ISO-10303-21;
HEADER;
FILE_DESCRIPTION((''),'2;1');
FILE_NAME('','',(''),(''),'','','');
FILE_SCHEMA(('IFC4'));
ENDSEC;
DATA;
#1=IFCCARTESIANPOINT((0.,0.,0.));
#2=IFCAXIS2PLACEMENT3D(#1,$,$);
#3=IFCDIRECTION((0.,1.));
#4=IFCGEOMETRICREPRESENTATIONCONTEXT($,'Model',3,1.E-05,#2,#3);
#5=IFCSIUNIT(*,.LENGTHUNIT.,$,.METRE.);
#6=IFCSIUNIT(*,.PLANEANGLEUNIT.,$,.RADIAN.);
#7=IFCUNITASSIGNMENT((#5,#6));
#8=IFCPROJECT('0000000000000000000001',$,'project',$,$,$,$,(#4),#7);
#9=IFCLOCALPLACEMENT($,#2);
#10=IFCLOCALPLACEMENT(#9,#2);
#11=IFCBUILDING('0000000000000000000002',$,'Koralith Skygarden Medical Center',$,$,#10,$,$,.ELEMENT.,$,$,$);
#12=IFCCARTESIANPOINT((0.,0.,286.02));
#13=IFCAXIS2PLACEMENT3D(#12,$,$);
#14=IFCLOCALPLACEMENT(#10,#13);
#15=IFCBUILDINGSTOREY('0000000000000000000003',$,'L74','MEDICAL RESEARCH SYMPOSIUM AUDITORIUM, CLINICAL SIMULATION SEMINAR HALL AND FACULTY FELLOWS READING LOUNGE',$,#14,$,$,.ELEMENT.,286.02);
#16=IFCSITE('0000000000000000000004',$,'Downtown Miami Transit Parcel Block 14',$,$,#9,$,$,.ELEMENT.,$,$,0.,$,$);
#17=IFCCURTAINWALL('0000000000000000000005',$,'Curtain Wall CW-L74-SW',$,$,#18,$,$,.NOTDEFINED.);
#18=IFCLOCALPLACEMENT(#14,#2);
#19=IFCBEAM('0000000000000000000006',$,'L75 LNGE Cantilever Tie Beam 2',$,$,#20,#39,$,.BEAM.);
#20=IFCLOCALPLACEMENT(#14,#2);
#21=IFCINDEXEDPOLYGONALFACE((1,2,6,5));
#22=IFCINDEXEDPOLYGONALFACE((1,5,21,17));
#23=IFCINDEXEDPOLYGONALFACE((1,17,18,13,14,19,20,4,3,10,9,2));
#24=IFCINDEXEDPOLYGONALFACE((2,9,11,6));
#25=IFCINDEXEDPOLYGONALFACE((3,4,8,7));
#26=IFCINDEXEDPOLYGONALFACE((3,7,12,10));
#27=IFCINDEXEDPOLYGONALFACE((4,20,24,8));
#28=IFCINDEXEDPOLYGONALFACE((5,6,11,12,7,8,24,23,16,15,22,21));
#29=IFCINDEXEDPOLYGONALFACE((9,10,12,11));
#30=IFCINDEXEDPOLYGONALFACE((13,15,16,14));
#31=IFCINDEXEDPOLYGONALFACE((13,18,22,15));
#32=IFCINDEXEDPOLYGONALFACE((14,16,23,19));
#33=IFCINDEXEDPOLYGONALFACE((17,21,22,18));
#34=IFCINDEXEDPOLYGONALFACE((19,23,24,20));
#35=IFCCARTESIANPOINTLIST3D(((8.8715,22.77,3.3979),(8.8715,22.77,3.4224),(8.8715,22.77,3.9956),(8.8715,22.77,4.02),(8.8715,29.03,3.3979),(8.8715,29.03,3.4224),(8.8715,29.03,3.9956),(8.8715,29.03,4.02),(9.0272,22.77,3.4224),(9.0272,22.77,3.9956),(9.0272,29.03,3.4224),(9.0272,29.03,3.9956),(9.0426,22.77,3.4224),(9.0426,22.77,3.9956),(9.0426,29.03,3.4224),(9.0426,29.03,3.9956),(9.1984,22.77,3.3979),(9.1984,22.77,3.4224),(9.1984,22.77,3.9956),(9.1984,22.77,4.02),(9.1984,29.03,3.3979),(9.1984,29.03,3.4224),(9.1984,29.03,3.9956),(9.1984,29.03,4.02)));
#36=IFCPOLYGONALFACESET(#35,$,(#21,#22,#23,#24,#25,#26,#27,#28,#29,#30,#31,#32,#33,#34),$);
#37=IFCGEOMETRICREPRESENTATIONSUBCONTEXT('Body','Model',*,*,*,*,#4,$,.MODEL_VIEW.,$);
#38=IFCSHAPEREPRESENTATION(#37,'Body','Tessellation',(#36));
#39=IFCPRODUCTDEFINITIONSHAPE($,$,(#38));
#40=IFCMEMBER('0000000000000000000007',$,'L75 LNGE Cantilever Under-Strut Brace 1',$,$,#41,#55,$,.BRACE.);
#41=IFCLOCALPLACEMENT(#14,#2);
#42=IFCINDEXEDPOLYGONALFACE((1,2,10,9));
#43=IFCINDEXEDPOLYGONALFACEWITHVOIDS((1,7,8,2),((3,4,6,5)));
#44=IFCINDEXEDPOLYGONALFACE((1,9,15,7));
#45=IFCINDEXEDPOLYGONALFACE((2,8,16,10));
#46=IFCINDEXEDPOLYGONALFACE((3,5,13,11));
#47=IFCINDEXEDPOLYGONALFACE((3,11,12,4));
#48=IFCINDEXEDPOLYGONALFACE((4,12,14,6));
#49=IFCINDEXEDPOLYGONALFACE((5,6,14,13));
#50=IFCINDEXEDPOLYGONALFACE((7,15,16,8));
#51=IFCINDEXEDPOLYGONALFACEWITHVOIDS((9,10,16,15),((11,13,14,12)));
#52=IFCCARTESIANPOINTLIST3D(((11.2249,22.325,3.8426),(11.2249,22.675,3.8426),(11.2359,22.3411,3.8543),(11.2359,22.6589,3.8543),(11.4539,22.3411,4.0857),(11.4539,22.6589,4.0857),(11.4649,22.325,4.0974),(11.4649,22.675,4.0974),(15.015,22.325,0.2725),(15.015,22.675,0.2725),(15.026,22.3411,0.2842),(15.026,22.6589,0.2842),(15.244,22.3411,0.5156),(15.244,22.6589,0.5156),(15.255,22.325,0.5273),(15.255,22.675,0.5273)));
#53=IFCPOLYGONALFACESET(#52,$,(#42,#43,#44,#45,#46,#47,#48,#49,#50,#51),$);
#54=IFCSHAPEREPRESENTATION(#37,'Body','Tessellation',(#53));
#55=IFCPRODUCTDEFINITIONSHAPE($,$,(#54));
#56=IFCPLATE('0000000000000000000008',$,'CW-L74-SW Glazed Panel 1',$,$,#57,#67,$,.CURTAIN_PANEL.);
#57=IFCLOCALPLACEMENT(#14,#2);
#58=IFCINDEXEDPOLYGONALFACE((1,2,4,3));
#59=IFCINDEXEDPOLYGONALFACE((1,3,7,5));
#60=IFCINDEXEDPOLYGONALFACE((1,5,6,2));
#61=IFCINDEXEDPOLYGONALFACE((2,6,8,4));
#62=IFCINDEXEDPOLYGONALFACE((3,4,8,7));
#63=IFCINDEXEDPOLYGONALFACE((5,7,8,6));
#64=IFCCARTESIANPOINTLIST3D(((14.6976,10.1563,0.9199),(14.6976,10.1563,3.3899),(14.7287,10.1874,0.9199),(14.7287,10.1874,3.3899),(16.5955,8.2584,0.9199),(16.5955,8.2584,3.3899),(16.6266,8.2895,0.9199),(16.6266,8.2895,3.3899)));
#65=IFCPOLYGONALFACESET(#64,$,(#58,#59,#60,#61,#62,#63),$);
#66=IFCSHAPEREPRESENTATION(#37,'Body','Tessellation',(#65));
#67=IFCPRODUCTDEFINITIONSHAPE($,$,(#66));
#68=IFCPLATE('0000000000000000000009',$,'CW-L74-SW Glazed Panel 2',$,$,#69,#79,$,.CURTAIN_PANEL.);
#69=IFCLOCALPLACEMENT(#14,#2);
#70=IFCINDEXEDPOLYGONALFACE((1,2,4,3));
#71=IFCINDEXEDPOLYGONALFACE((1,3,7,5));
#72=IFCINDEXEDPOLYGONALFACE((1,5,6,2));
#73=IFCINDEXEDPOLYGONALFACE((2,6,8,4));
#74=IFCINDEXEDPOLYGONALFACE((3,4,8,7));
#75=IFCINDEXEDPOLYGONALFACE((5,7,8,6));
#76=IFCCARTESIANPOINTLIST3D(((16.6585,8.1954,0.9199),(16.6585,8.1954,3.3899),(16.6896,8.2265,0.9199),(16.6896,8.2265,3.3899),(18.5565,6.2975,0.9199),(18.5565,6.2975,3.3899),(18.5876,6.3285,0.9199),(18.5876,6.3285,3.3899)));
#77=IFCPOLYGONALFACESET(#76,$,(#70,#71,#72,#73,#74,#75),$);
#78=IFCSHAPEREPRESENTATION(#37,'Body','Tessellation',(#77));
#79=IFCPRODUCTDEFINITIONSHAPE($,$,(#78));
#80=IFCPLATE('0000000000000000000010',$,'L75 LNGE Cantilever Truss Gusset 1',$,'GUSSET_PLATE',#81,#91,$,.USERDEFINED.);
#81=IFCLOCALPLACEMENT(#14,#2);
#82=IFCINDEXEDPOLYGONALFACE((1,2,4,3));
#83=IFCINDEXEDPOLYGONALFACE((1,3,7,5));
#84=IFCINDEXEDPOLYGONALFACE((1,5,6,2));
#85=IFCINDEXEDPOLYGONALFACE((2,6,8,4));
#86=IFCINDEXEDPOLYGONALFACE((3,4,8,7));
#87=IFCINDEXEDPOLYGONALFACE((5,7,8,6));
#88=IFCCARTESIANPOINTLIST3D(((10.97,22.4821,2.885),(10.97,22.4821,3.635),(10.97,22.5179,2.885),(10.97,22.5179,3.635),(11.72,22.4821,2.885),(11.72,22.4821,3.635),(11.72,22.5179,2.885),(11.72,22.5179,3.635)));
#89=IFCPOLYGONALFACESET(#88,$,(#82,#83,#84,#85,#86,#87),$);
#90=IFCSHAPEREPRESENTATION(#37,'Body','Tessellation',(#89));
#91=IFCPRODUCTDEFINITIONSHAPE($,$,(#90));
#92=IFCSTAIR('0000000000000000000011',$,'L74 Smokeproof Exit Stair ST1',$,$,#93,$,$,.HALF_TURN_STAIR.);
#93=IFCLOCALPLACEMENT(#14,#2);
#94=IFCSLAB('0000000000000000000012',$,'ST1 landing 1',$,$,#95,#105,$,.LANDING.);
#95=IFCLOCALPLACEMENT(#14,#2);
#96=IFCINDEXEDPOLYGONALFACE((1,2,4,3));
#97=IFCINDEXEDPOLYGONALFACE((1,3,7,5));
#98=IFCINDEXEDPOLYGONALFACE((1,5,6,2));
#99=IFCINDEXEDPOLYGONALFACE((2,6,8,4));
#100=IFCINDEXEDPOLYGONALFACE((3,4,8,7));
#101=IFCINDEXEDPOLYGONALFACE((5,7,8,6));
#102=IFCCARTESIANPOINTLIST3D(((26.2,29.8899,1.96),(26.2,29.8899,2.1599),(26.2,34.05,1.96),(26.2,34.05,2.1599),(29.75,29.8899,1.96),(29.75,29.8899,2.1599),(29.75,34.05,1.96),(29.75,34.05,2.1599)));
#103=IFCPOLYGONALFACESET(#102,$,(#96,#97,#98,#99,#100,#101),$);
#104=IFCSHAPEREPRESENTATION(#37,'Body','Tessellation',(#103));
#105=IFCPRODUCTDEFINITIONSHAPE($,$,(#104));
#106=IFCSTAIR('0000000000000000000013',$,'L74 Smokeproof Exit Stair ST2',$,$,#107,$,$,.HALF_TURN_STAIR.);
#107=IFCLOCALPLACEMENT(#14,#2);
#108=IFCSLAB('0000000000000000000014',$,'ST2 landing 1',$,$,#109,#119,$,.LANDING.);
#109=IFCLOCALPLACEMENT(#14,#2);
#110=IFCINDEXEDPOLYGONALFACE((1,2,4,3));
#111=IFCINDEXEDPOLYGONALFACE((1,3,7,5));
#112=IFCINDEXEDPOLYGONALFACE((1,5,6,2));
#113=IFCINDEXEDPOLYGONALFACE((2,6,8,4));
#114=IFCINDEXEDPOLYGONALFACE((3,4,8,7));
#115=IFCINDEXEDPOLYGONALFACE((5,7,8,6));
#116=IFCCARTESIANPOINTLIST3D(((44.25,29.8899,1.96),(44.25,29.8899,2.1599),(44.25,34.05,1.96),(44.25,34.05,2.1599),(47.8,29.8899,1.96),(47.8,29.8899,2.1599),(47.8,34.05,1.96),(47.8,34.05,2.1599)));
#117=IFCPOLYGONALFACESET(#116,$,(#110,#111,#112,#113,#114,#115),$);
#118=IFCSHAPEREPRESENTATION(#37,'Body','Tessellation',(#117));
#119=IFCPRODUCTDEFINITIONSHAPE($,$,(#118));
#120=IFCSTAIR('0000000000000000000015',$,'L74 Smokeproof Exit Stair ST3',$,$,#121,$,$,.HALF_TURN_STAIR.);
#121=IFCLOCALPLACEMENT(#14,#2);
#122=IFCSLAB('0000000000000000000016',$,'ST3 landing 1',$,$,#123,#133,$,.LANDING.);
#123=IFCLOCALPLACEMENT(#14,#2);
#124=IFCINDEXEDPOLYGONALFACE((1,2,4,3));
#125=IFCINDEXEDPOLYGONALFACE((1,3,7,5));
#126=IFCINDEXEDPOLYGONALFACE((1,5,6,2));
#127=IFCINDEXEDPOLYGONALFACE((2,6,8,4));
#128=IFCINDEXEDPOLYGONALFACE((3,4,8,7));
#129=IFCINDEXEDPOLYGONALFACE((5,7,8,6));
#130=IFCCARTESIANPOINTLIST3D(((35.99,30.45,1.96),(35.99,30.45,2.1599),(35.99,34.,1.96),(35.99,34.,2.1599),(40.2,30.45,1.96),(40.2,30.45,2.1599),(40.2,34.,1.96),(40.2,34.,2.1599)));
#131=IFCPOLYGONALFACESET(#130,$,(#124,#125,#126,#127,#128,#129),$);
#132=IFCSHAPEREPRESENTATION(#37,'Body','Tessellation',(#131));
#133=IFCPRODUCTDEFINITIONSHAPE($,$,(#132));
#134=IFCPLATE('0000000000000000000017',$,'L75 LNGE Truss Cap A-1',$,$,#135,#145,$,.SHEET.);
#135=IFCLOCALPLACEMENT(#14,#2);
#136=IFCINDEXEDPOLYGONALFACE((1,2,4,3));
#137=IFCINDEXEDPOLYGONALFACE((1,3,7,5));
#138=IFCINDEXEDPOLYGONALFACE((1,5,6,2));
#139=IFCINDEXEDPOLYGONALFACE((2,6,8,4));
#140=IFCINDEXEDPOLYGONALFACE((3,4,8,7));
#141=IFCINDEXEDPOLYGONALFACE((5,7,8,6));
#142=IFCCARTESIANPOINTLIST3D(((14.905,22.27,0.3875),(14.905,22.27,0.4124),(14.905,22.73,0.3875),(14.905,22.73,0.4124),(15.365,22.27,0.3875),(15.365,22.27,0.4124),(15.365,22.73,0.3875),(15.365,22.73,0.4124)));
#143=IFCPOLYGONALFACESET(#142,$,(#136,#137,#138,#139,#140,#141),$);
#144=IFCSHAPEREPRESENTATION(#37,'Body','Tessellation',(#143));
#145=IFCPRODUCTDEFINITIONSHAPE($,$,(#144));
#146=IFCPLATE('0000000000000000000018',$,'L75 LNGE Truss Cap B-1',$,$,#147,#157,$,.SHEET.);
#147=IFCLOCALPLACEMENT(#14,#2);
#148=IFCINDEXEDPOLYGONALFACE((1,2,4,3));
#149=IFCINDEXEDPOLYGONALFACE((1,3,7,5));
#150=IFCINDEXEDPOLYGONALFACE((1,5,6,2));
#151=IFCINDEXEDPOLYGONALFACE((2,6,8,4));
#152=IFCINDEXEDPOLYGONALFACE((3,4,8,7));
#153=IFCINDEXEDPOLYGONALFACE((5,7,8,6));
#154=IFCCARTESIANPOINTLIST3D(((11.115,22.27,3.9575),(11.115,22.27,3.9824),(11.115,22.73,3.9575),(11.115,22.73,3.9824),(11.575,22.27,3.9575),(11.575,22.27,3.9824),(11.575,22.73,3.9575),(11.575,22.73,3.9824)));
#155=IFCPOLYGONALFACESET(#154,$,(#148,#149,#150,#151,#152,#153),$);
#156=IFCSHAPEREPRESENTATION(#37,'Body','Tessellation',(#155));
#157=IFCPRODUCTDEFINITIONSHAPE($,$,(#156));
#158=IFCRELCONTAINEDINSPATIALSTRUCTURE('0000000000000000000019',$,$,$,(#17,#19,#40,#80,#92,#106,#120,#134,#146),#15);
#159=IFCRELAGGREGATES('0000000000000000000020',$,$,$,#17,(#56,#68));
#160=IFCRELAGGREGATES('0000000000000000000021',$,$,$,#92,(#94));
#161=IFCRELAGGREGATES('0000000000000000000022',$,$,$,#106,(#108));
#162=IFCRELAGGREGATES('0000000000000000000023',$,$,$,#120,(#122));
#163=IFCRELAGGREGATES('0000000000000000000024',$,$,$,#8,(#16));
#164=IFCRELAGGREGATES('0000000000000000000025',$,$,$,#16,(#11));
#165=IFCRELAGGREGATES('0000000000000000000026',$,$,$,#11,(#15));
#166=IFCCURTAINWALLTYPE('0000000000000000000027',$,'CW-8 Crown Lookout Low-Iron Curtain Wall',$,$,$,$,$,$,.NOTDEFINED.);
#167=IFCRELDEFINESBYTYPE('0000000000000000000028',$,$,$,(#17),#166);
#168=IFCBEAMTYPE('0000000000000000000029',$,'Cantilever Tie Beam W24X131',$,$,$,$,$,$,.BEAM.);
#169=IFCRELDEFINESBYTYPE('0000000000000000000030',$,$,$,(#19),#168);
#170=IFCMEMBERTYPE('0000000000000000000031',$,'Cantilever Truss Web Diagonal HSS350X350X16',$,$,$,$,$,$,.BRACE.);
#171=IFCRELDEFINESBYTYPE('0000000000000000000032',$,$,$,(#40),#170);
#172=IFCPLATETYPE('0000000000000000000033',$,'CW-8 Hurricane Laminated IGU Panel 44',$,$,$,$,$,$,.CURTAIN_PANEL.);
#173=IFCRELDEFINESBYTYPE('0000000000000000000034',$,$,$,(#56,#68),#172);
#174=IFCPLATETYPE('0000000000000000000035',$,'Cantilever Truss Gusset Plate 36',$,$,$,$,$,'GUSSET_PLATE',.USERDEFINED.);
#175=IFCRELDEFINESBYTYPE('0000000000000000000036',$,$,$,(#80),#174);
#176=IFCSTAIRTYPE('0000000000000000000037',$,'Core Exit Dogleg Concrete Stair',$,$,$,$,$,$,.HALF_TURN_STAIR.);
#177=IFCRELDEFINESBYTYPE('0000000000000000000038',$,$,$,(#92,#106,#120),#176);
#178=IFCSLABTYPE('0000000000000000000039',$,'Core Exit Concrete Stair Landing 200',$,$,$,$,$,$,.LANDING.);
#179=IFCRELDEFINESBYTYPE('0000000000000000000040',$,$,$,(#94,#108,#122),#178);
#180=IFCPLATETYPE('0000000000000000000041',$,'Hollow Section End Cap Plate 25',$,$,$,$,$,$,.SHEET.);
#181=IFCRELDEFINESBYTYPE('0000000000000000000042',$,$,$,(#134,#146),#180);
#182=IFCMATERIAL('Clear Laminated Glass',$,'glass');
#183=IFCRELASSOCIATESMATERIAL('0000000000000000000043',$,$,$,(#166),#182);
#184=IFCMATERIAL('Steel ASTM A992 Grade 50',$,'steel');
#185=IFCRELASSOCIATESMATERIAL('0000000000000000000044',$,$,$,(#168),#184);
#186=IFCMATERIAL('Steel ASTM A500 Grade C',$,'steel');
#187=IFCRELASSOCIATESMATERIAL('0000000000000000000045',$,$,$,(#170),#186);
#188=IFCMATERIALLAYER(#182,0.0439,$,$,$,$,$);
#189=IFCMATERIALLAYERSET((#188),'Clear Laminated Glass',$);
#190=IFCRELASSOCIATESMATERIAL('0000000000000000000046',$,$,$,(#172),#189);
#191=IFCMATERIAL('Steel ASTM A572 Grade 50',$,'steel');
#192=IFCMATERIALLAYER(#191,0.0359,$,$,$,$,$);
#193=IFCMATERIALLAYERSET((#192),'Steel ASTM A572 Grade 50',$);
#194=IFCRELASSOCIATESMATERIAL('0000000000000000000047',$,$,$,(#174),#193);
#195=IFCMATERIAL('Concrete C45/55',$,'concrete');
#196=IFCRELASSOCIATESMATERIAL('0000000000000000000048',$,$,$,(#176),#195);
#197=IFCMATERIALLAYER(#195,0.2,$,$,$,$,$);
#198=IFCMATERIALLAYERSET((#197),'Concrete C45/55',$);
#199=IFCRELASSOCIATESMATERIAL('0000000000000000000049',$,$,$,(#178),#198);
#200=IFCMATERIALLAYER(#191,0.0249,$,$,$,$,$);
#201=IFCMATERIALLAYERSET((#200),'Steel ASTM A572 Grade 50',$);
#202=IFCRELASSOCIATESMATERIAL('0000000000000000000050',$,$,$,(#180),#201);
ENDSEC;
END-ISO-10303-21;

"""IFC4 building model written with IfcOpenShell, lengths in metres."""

from ifc_helpers import new_model, si_unit, direction, frame, origin, origin_2d, place, context, subcontext, project, spatial, polyline, rectangle, hollow_rectangle, i_section, outline, extrude, material, layer, layer_set, material_profile, profile_set, type_object, element, aggregate, save


model = new_model("IFC4")

# Units and contexts
model_context = context("Model", 3, precision=1e-05, world=origin(), true_north=direction((0.0, 1.0)))
body_context = subcontext(model_context, "Body", "Model", "MODEL_VIEW")
ifc_project = project(units=[si_unit("LENGTHUNIT", "METRE"), si_unit("PLANEANGLEUNIT", "RADIAN")], contexts=[model_context])

# Site, building, storey
site_placement = place(None, origin())
site = spatial("IfcSite", under=ifc_project, at=site_placement, Name="Downtown Miami Transit Parcel Block 14", CompositionType="ELEMENT", RefElevation=0.0)
building_placement = place(site_placement, origin())
building = spatial("IfcBuilding", under=site, at=building_placement, Name="Koralith Skygarden Medical Center", CompositionType="ELEMENT")
storey_placement = place(building_placement, frame((0.0, 0.0, 286.02)))
storey = spatial("IfcBuildingStorey", under=building, at=storey_placement, Name="L74", Description="MEDICAL RESEARCH SYMPOSIUM AUDITORIUM, CLINICAL SIMULATION SEMINAR HALL AND FACULTY FELLOWS READING LOUNGE", CompositionType="ELEMENT", Elevation=286.02)

# Shared definitions
ifc_material_1 = material(Name="Steel ASTM A992 Grade 50", Category="steel")

# Curtain wall
ifc_material_2 = material(Name="Clear Laminated Glass", Category="glass")
curtain_wall_type = type_object("IfcCurtainWallType", Name="CW-8 Crown Lookout Low-Iron Curtain Wall", PredefinedType="NOTDEFINED", material=ifc_material_2)
curtain_wall_placement = place(storey_placement, origin())
curtain_wall = element("IfcCurtainWall", 1, at=curtain_wall_placement, inside=storey, type_object=curtain_wall_type, Name="Curtain Wall CW-L74-SW", PredefinedType="NOTDEFINED")

# Beam
ifc_material_profile_1 = material_profile(ifc_material_1, i_section(OverallWidth=0.3269, OverallDepth=0.6221, WebThickness=0.0154, FlangeThickness=0.0244, at=origin_2d()), Name="W24X131")
ifc_profile_set_1 = profile_set([ifc_material_profile_1], Name="Steel ASTM A992 Grade 50")
beam_type_1 = type_object("IfcBeamType", Name="Cantilever Tie Beam W24X131", PredefinedType="BEAM", material=ifc_profile_set_1)
for number, where, z_axis, x_axis, name in (
    (2, (9.0349, 22.77, 3.709), (0.0, 1.0, 0.0), (-1.0, 0.0, 0.0), "L75 LNGE Cantilever Tie Beam 2"),
):
    element("IfcBeam", number, at=place(storey_placement, frame(where, z_axis=z_axis, x_axis=x_axis)), inside=storey, type_object=beam_type_1, Name=name, PredefinedType="BEAM", context=body_context, shape_type="SweptSolid", body=[
        extrude(i_section(OverallWidth=0.3269, OverallDepth=0.6221, WebThickness=0.0154, FlangeThickness=0.0244, at=origin_2d()), origin(), (0.0, 0.0, 1.0), 6.26),
    ])

# Member
ifc_material_3 = material(Name="Steel ASTM A500 Grade C", Category="steel")
ifc_material_profile_2 = material_profile(ifc_material_3, hollow_rectangle(XDim=0.3501, YDim=0.3501, WallThickness=0.0161, at=origin_2d()), Name="HSS350X350X16")
ifc_profile_set_2 = profile_set([ifc_material_profile_2], Name="Steel ASTM A500 Grade C")
member_type_1 = type_object("IfcMemberType", Name="Cantilever Truss Web Diagonal HSS350X350X16", PredefinedType="BRACE", material=ifc_profile_set_2)
member_1_placement = place(storey_placement, frame((15.135, 22.5, 0.3999), z_axis=(-0.727915, 0.0, 0.685667), x_axis=(0.0, -1.0, 0.0)))
element("IfcMember", 3, at=member_1_placement, inside=storey, type_object=member_type_1, Name="L75 LNGE Cantilever Under-Strut Brace 1", PredefinedType="BRACE", context=body_context, shape_type="SweptSolid", body=[
    extrude(hollow_rectangle(XDim=0.3501, YDim=0.3501, WallThickness=0.0161, at=origin_2d()), origin(), (0.0, 0.0, 1.0), 5.2068),
])

# Plates
ifc_layer_1 = layer(ifc_material_2, 0.0439)
ifc_layer_set_1 = layer_set([ifc_layer_1], Name="Clear Laminated Glass")
plate_type_1 = type_object("IfcPlateType", Name="CW-8 Hurricane Laminated IGU Panel 44", PredefinedType="CURTAIN_PANEL", material=ifc_layer_set_1)
plate_1_placement = place(storey_placement, frame((15.6621, 9.2229, 0.9199), z_axis=(0.0, 0.0, 1.0), x_axis=(0.707107, -0.707107, 0.0)))
plate_1 = element("IfcPlate", 4, at=plate_1_placement, type_object=plate_type_1, Name="CW-L74-SW Glazed Panel 1", PredefinedType="CURTAIN_PANEL", context=body_context, shape_type="SweptSolid", body=[
    extrude(rectangle(XDim=2.6841, YDim=0.0439, at=origin_2d()), origin(), (0.0, 0.0, 1.0), 2.47),
])
plate_2_placement = place(storey_placement, frame((17.623, 7.262, 0.9199), z_axis=(0.0, 0.0, 1.0), x_axis=(0.707107, -0.707107, 0.0)))
plate_2 = element("IfcPlate", 5, at=plate_2_placement, type_object=plate_type_1, Name="CW-L74-SW Glazed Panel 2", PredefinedType="CURTAIN_PANEL", context=body_context, shape_type="SweptSolid", body=[
    extrude(rectangle(XDim=2.6841, YDim=0.0439, at=origin_2d()), origin(), (0.0, 0.0, 1.0), 2.47),
])
aggregate(curtain_wall, [plate_1, plate_2])
ifc_material_4 = material(Name="Steel ASTM A572 Grade 50", Category="steel")
ifc_layer_2 = layer(ifc_material_4, 0.0359)
ifc_layer_set_2 = layer_set([ifc_layer_2], Name="Steel ASTM A572 Grade 50")
plate_type_2 = type_object("IfcPlateType", Name="Cantilever Truss Gusset Plate 36", ElementType="GUSSET_PLATE", PredefinedType="USERDEFINED", material=ifc_layer_set_2)
plate_3_placement = place(storey_placement, frame((11.345, 22.5, 2.885), z_axis=(0.0, 0.0, 1.0), x_axis=(1.0, 0.0, 0.0)))
element("IfcPlate", 6, at=plate_3_placement, inside=storey, type_object=plate_type_2, Name="L75 LNGE Cantilever Truss Gusset 1", ObjectType="GUSSET_PLATE", PredefinedType="USERDEFINED", context=body_context, shape_type="SweptSolid", body=[
    extrude(rectangle(XDim=0.75, YDim=0.0359, at=origin_2d()), origin(), (0.0, 0.0, 1.0), 0.75),
])

# Stairs, slabs
ifc_material_5 = material(Name="Concrete C45/55", Category="concrete")
stair_type = type_object("IfcStairType", Name="Core Exit Dogleg Concrete Stair", PredefinedType="HALF_TURN_STAIR", material=ifc_material_5)
stair_1_placement = place(storey_placement, origin())
stair_1 = element("IfcStair", 7, at=stair_1_placement, inside=storey, type_object=stair_type, Name="L74 Smokeproof Exit Stair ST1", PredefinedType="HALF_TURN_STAIR")
ifc_layer_3 = layer(ifc_material_5, 0.2)
ifc_layer_set_3 = layer_set([ifc_layer_3], Name="Concrete C45/55")
slab_type_1 = type_object("IfcSlabType", Name="Core Exit Concrete Stair Landing 200", PredefinedType="LANDING", material=ifc_layer_set_3)
slab_1_placement = place(storey_placement, frame((0.0, 0.0, 1.96)))
slab_1 = element("IfcSlab", 8, at=slab_1_placement, type_object=slab_type_1, Name="ST1 landing 1", PredefinedType="LANDING", context=body_context, shape_type="SweptSolid", body=[
    extrude(outline(polyline([(29.75, 29.8899), (29.75, 34.05), (26.2, 34.05), (26.2, 29.8899), (29.75, 29.8899)])), origin(), (0.0, 0.0, 1.0), 0.2),
])
aggregate(stair_1, [slab_1])
stair_2_placement = place(storey_placement, origin())
stair_2 = element("IfcStair", 9, at=stair_2_placement, inside=storey, type_object=stair_type, Name="L74 Smokeproof Exit Stair ST2", PredefinedType="HALF_TURN_STAIR")
slab_2_placement = place(storey_placement, frame((0.0, 0.0, 1.96)))
slab_2 = element("IfcSlab", 10, at=slab_2_placement, type_object=slab_type_1, Name="ST2 landing 1", PredefinedType="LANDING", context=body_context, shape_type="SweptSolid", body=[
    extrude(outline(polyline([(47.8, 29.8899), (47.8, 34.05), (44.25, 34.05), (44.25, 29.8899), (47.8, 29.8899)])), origin(), (0.0, 0.0, 1.0), 0.2),
])
aggregate(stair_2, [slab_2])
stair_3_placement = place(storey_placement, origin())
stair_3 = element("IfcStair", 11, at=stair_3_placement, inside=storey, type_object=stair_type, Name="L74 Smokeproof Exit Stair ST3", PredefinedType="HALF_TURN_STAIR")
slab_3_placement = place(storey_placement, frame((0.0, 0.0, 1.96)))
slab_3 = element("IfcSlab", 12, at=slab_3_placement, type_object=slab_type_1, Name="ST3 landing 1", PredefinedType="LANDING", context=body_context, shape_type="SweptSolid", body=[
    extrude(outline(polyline([(35.99, 30.45), (40.2, 30.45), (40.2, 34.0), (35.99, 34.0), (35.99, 30.45)])), origin(), (0.0, 0.0, 1.0), 0.2),
])
aggregate(stair_3, [slab_3])

# Plates
ifc_layer_4 = layer(ifc_material_4, 0.0249)
ifc_layer_set_4 = layer_set([ifc_layer_4], Name="Steel ASTM A572 Grade 50")
plate_type_3 = type_object("IfcPlateType", Name="Hollow Section End Cap Plate 25", PredefinedType="SHEET", material=ifc_layer_set_4)
for number, where, z_axis, x_axis, name in (
    (13, (15.135, 22.5, 0.3875), (0.0, 0.0, 1.0), (1.0, 0.0, 0.0), "L75 LNGE Truss Cap A-1"),
    (14, (11.345, 22.5, 3.9575), (0.0, 0.0, 1.0), (1.0, 0.0, 0.0), "L75 LNGE Truss Cap B-1"),
):
    element("IfcPlate", number, at=place(storey_placement, frame(where, z_axis=z_axis, x_axis=x_axis)), inside=storey, type_object=plate_type_3, Name=name, PredefinedType="SHEET", context=body_context, shape_type="SweptSolid", body=[
        extrude(rectangle(XDim=0.46, YDim=0.46, at=origin_2d()), origin(), (0.0, 0.0, 1.0), 0.0249),
    ])

save(model, "model.ifc")
